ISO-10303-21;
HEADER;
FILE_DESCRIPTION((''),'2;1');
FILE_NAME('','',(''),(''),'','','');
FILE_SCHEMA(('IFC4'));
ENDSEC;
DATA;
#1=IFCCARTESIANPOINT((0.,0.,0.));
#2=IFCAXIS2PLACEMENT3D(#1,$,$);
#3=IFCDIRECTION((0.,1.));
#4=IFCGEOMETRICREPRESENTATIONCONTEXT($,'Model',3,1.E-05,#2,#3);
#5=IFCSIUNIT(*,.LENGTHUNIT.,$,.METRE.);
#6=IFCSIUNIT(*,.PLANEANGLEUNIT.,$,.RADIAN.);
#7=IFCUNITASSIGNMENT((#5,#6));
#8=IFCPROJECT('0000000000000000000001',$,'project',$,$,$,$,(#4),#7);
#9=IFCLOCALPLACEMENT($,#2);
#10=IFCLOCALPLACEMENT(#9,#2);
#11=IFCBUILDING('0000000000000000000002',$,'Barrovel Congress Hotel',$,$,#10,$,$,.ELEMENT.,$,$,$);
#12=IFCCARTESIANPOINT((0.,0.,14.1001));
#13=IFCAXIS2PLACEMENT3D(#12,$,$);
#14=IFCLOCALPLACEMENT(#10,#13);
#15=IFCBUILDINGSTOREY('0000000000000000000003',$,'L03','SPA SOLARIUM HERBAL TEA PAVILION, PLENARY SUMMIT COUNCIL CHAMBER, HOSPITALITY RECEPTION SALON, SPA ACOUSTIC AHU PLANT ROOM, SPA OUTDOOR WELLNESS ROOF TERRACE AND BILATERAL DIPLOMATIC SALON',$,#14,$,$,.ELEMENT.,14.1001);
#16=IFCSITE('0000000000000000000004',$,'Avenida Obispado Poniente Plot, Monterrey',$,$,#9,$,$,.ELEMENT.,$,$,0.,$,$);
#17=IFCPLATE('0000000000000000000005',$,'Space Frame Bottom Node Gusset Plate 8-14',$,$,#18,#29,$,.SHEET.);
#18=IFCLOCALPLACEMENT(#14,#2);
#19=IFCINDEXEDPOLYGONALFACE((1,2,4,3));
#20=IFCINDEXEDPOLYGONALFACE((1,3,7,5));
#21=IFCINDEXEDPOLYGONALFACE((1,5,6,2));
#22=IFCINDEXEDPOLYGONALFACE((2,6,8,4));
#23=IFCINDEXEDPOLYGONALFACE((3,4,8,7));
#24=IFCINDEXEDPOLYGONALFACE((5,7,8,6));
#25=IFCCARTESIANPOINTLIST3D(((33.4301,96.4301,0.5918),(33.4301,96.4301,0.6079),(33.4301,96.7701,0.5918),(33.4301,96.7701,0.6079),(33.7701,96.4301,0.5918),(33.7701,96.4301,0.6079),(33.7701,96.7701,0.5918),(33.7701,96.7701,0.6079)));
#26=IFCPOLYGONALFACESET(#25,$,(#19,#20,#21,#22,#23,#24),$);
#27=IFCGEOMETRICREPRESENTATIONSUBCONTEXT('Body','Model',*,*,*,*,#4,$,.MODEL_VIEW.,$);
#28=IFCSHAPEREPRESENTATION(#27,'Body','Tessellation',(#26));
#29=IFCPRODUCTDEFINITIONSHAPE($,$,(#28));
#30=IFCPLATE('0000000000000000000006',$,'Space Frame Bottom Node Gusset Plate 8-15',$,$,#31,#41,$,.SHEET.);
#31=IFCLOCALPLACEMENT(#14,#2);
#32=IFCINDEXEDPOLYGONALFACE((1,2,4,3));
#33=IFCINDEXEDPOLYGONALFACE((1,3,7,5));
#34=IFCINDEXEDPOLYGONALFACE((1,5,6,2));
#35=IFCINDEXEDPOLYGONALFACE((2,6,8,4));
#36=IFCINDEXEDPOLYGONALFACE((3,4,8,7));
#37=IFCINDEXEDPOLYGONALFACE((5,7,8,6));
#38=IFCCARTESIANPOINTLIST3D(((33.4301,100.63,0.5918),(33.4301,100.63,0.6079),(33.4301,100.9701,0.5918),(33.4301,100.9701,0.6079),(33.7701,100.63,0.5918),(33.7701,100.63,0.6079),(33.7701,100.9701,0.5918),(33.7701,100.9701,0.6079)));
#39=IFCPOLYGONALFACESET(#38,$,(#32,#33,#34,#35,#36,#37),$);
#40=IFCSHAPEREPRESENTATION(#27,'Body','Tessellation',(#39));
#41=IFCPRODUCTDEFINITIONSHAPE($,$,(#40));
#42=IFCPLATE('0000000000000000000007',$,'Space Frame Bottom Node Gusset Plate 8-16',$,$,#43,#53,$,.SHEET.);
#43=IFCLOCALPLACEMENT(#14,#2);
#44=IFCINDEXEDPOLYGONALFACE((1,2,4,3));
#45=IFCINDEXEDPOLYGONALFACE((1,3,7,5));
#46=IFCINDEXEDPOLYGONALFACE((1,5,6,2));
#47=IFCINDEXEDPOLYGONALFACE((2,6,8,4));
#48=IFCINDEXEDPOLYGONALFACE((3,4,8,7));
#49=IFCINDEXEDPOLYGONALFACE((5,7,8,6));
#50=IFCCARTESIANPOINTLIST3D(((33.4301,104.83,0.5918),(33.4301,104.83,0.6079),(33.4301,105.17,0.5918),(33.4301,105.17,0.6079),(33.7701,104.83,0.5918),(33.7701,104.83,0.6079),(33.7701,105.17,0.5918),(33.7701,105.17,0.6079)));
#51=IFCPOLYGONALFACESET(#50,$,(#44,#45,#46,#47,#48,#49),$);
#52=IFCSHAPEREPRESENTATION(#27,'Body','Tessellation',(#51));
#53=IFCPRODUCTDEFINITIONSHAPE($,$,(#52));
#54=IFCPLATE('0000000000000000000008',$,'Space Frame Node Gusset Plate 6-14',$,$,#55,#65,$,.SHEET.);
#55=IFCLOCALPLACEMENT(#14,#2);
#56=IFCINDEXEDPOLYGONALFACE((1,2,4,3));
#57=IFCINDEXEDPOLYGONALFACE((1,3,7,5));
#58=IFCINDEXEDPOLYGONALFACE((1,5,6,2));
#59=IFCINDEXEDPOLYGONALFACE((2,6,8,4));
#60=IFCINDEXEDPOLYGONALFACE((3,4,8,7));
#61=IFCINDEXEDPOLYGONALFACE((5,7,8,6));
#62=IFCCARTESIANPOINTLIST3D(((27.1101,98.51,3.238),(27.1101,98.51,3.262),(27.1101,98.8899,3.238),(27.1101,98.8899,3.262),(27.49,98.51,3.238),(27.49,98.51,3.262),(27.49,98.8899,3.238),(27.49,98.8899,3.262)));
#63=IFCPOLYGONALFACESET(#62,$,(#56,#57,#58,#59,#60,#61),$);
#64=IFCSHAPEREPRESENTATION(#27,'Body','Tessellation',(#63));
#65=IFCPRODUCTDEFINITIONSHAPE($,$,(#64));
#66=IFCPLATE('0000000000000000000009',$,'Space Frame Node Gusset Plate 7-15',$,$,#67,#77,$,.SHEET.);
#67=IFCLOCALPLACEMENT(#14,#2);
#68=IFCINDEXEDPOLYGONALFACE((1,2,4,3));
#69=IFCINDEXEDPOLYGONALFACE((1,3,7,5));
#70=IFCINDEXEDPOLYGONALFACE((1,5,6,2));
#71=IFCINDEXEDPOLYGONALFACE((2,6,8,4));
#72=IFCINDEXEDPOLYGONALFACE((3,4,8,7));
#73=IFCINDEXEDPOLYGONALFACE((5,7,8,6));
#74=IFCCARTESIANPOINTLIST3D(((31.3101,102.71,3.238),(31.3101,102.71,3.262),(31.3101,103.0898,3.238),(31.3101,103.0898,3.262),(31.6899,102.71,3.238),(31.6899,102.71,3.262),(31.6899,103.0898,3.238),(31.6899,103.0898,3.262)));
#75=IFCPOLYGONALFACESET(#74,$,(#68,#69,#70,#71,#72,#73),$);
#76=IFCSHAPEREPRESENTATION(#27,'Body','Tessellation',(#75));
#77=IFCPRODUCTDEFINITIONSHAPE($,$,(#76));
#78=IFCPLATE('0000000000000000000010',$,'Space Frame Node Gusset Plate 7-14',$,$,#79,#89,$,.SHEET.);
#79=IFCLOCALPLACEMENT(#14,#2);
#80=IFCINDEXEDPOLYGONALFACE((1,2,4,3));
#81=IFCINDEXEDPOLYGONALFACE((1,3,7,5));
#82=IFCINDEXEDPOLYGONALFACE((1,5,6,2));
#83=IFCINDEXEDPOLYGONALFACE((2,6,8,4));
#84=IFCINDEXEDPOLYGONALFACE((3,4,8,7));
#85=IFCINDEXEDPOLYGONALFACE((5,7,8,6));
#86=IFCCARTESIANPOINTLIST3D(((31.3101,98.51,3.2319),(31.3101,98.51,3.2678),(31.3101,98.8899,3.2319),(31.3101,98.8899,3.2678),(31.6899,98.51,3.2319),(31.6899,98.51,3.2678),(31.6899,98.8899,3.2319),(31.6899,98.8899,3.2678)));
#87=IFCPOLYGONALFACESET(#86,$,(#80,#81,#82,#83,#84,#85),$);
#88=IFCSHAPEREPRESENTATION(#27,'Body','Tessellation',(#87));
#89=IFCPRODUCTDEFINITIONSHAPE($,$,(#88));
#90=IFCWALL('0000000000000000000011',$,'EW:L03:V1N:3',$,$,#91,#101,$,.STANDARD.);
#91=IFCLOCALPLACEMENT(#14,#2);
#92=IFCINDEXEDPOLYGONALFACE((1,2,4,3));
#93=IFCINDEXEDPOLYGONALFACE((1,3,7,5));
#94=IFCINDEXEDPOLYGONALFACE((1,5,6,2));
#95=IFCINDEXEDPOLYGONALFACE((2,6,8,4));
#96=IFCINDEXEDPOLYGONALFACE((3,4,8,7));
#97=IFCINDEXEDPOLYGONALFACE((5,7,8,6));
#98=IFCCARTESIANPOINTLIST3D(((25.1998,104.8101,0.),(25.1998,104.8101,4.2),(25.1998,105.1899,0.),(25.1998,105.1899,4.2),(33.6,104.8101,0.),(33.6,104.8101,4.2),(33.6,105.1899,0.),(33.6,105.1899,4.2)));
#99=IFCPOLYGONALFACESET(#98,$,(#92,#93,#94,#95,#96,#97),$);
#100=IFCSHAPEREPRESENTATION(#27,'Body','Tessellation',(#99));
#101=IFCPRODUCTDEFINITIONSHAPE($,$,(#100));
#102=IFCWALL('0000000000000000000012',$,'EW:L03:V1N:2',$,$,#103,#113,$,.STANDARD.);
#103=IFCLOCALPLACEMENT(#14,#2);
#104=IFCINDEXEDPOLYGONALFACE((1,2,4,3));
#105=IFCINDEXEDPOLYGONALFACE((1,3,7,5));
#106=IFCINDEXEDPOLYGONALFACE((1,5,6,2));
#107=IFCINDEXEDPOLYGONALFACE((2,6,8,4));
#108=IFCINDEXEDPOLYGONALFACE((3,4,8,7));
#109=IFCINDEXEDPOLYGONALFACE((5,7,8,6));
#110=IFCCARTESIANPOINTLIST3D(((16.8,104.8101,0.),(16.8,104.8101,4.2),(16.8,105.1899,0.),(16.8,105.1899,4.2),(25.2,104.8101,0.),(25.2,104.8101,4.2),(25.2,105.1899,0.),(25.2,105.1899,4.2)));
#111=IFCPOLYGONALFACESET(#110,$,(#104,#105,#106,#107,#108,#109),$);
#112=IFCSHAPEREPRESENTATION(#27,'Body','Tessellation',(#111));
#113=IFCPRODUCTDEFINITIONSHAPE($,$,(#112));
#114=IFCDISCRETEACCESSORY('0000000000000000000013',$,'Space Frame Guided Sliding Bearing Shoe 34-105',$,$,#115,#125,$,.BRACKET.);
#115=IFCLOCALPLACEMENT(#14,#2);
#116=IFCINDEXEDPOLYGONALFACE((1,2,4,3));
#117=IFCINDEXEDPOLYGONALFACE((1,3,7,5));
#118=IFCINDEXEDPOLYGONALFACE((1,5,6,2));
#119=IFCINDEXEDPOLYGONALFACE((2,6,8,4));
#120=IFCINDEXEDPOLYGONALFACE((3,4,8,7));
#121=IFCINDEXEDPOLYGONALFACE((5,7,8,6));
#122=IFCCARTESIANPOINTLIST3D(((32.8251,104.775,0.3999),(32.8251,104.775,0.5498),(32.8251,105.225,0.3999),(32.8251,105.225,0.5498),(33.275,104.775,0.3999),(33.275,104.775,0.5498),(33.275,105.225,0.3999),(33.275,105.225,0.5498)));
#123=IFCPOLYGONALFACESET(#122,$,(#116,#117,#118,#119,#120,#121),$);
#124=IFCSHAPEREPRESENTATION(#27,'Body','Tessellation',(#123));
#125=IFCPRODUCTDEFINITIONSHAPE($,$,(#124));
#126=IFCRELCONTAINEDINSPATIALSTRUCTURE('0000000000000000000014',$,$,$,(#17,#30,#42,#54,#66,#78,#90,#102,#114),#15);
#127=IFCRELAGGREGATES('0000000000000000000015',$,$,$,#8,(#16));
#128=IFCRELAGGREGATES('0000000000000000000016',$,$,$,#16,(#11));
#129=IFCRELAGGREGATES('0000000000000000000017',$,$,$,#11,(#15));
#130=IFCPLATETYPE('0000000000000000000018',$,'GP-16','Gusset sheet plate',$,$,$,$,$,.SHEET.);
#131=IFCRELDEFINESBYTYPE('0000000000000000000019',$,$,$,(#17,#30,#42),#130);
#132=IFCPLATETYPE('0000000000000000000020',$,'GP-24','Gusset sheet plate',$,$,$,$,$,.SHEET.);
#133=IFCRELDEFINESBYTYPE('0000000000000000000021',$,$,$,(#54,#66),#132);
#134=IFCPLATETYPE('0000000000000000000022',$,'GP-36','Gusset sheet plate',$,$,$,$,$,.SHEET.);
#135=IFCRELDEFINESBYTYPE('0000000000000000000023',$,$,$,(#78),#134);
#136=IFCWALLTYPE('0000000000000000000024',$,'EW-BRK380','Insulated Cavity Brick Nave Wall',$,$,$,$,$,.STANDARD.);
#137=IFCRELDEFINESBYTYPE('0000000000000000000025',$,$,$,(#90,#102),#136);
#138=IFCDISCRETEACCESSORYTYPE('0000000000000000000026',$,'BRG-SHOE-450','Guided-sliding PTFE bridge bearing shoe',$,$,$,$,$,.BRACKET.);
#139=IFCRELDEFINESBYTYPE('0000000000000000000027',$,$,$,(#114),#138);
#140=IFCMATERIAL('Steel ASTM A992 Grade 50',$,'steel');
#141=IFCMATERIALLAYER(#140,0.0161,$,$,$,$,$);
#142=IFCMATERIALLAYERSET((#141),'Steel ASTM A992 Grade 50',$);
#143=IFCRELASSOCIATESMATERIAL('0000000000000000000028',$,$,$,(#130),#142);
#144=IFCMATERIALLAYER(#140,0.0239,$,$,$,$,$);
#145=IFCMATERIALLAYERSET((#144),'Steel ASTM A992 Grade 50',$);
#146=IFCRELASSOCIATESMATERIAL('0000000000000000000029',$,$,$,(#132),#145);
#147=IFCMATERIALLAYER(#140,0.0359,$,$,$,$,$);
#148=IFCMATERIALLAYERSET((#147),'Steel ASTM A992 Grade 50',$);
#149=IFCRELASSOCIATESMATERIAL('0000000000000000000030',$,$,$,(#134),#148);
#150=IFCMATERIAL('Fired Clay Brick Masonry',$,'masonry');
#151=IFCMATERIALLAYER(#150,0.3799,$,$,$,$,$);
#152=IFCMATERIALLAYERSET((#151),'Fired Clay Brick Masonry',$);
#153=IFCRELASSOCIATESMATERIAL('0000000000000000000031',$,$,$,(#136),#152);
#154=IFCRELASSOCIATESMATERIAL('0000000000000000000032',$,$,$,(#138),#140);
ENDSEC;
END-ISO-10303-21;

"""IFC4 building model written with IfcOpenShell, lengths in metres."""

from ifc_helpers import new_model, si_unit, direction, frame, frame_2d, origin, origin_2d, place, context, subcontext, project, spatial, rectangle, extrude, material, layer, layer_set, type_object, element, save


model = new_model("IFC4")

# Units and contexts
model_context = context("Model", 3, precision=1e-05, world=origin(), true_north=direction((0.0, 1.0)))
body_context = subcontext(model_context, "Body", "Model", "MODEL_VIEW")
ifc_project = project(units=[si_unit("LENGTHUNIT", "METRE"), si_unit("PLANEANGLEUNIT", "RADIAN")], contexts=[model_context])

# Site, building, storey
site_placement = place(None, origin())
site = spatial("IfcSite", under=ifc_project, at=site_placement, Name="Avenida Obispado Poniente Plot, Monterrey", CompositionType="ELEMENT", RefElevation=0.0)
building_placement = place(site_placement, origin())
building = spatial("IfcBuilding", under=site, at=building_placement, Name="Barrovel Congress Hotel", CompositionType="ELEMENT")
storey_placement = place(building_placement, frame((0.0, 0.0, 14.1001)))
storey = spatial("IfcBuildingStorey", under=building, at=storey_placement, Name="L03", Description="SPA SOLARIUM HERBAL TEA PAVILION, PLENARY SUMMIT COUNCIL CHAMBER, HOSPITALITY RECEPTION SALON, SPA ACOUSTIC AHU PLANT ROOM, SPA OUTDOOR WELLNESS ROOF TERRACE AND BILATERAL DIPLOMATIC SALON", CompositionType="ELEMENT", Elevation=14.1001)

# Shared definitions
ifc_material_1 = material(Name="Steel ASTM A992 Grade 50", Category="steel")

# Plates
ifc_layer_1 = layer(ifc_material_1, 0.0161)
ifc_layer_set_1 = layer_set([ifc_layer_1], Name="Steel ASTM A992 Grade 50")
plate_type_1 = type_object("IfcPlateType", Name="GP-16", Description="Gusset sheet plate", PredefinedType="SHEET", material=ifc_layer_set_1)
for number, where, z_axis, x_axis, name in (
    (1, (33.6001, 96.6001, 0.5918), (0.0, 0.0, 1.0), (1.0, 0.0, 0.0), "Space Frame Bottom Node Gusset Plate 8-14"),
    (2, (33.6001, 100.8, 0.5918), (0.0, 0.0, 1.0), (1.0, 0.0, 0.0), "Space Frame Bottom Node Gusset Plate 8-15"),
    (3, (33.6001, 105.0, 0.5918), (0.0, 0.0, 1.0), (1.0, 0.0, 0.0), "Space Frame Bottom Node Gusset Plate 8-16"),
):
    element("IfcPlate", number, at=place(storey_placement, frame(where, z_axis=z_axis, x_axis=x_axis)), inside=storey, type_object=plate_type_1, Name=name, PredefinedType="SHEET", context=body_context, shape_type="SweptSolid", body=[
        extrude(rectangle(XDim=0.3401, YDim=0.3401, at=origin_2d()), origin(), (0.0, 0.0, 1.0), 0.0161),
    ])
ifc_layer_2 = layer(ifc_material_1, 0.0239)
ifc_layer_set_2 = layer_set([ifc_layer_2], Name="Steel ASTM A992 Grade 50")
plate_type_2 = type_object("IfcPlateType", Name="GP-24", Description="Gusset sheet plate", PredefinedType="SHEET", material=ifc_layer_set_2)
for number, where, z_axis, x_axis, name in (
    (4, (27.3, 98.7, 3.238), (0.0, 0.0, 1.0), (1.0, 0.0, 0.0), "Space Frame Node Gusset Plate 6-14"),
    (5, (31.5, 102.8999, 3.238), (0.0, 0.0, 1.0), (1.0, 0.0, 0.0), "Space Frame Node Gusset Plate 7-15"),
):
    element("IfcPlate", number, at=place(storey_placement, frame(where, z_axis=z_axis, x_axis=x_axis)), inside=storey, type_object=plate_type_2, Name=name, PredefinedType="SHEET", context=body_context, shape_type="SweptSolid", body=[
        extrude(rectangle(XDim=0.3799, YDim=0.3799, at=origin_2d()), origin(), (0.0, 0.0, 1.0), 0.0239),
    ])
ifc_layer_3 = layer(ifc_material_1, 0.0359)
ifc_layer_set_3 = layer_set([ifc_layer_3], Name="Steel ASTM A992 Grade 50")
plate_type_3 = type_object("IfcPlateType", Name="GP-36", Description="Gusset sheet plate", PredefinedType="SHEET", material=ifc_layer_set_3)
plate_1_placement = place(storey_placement, frame((31.5, 98.7, 3.2319), z_axis=(0.0, 0.0, 1.0), x_axis=(1.0, 0.0, 0.0)))
element("IfcPlate", 6, at=plate_1_placement, inside=storey, type_object=plate_type_3, Name="Space Frame Node Gusset Plate 7-14", PredefinedType="SHEET", context=body_context, shape_type="SweptSolid", body=[
    extrude(rectangle(XDim=0.3799, YDim=0.3799, at=origin_2d()), origin(), (0.0, 0.0, 1.0), 0.0359),
])

# Walls
ifc_material_2 = material(Name="Fired Clay Brick Masonry", Category="masonry")
ifc_layer_4 = layer(ifc_material_2, 0.3799)
ifc_layer_set_4 = layer_set([ifc_layer_4], Name="Fired Clay Brick Masonry")
wall_type = type_object("IfcWallType", Name="EW-BRK380", Description="Insulated Cavity Brick Nave Wall", PredefinedType="STANDARD", material=ifc_layer_set_4)
wall_1_placement = place(storey_placement, frame((33.6001, 105.0, 0.0), z_axis=(0.0, 0.0, 1.0), x_axis=(-1.0, 0.0, 0.0)))
element("IfcWall", 7, at=wall_1_placement, inside=storey, type_object=wall_type, Name="EW:L03:V1N:3", PredefinedType="STANDARD", context=body_context, shape_type="SweptSolid", body=[
    extrude(rectangle(XDim=8.4001, YDim=0.3799, at=frame_2d((4.2002, 0.0))), origin(), (0.0, 0.0, 1.0), 4.2),
])
wall_2_placement = place(storey_placement, frame((25.2, 105.0, 0.0), z_axis=(0.0, 0.0, 1.0), x_axis=(-1.0, 0.0, 0.0)))
element("IfcWall", 8, at=wall_2_placement, inside=storey, type_object=wall_type, Name="EW:L03:V1N:2", PredefinedType="STANDARD", context=body_context, shape_type="SweptSolid", body=[
    extrude(rectangle(XDim=8.3999, YDim=0.3799, at=frame_2d((4.2, 0.0))), origin(), (0.0, 0.0, 1.0), 4.2),
])

# Discrete accessory
discrete_accessory_type = type_object("IfcDiscreteAccessoryType", Name="BRG-SHOE-450", Description="Guided-sliding PTFE bridge bearing shoe", PredefinedType="BRACKET", material=ifc_material_1)
discrete_accessory_placement = place(storey_placement, frame((33.05, 105.0, 0.3999), z_axis=(0.0, 0.0, 1.0), x_axis=(1.0, 0.0, 0.0)))
element("IfcDiscreteAccessory", 9, at=discrete_accessory_placement, inside=storey, type_object=discrete_accessory_type, Name="Space Frame Guided Sliding Bearing Shoe 34-105", PredefinedType="BRACKET", context=body_context, shape_type="SweptSolid", body=[
    extrude(rectangle(XDim=0.45, YDim=0.45, at=origin_2d()), origin(), (0.0, 0.0, 1.0), 0.1499),
])

save(model, "model.ifc")
